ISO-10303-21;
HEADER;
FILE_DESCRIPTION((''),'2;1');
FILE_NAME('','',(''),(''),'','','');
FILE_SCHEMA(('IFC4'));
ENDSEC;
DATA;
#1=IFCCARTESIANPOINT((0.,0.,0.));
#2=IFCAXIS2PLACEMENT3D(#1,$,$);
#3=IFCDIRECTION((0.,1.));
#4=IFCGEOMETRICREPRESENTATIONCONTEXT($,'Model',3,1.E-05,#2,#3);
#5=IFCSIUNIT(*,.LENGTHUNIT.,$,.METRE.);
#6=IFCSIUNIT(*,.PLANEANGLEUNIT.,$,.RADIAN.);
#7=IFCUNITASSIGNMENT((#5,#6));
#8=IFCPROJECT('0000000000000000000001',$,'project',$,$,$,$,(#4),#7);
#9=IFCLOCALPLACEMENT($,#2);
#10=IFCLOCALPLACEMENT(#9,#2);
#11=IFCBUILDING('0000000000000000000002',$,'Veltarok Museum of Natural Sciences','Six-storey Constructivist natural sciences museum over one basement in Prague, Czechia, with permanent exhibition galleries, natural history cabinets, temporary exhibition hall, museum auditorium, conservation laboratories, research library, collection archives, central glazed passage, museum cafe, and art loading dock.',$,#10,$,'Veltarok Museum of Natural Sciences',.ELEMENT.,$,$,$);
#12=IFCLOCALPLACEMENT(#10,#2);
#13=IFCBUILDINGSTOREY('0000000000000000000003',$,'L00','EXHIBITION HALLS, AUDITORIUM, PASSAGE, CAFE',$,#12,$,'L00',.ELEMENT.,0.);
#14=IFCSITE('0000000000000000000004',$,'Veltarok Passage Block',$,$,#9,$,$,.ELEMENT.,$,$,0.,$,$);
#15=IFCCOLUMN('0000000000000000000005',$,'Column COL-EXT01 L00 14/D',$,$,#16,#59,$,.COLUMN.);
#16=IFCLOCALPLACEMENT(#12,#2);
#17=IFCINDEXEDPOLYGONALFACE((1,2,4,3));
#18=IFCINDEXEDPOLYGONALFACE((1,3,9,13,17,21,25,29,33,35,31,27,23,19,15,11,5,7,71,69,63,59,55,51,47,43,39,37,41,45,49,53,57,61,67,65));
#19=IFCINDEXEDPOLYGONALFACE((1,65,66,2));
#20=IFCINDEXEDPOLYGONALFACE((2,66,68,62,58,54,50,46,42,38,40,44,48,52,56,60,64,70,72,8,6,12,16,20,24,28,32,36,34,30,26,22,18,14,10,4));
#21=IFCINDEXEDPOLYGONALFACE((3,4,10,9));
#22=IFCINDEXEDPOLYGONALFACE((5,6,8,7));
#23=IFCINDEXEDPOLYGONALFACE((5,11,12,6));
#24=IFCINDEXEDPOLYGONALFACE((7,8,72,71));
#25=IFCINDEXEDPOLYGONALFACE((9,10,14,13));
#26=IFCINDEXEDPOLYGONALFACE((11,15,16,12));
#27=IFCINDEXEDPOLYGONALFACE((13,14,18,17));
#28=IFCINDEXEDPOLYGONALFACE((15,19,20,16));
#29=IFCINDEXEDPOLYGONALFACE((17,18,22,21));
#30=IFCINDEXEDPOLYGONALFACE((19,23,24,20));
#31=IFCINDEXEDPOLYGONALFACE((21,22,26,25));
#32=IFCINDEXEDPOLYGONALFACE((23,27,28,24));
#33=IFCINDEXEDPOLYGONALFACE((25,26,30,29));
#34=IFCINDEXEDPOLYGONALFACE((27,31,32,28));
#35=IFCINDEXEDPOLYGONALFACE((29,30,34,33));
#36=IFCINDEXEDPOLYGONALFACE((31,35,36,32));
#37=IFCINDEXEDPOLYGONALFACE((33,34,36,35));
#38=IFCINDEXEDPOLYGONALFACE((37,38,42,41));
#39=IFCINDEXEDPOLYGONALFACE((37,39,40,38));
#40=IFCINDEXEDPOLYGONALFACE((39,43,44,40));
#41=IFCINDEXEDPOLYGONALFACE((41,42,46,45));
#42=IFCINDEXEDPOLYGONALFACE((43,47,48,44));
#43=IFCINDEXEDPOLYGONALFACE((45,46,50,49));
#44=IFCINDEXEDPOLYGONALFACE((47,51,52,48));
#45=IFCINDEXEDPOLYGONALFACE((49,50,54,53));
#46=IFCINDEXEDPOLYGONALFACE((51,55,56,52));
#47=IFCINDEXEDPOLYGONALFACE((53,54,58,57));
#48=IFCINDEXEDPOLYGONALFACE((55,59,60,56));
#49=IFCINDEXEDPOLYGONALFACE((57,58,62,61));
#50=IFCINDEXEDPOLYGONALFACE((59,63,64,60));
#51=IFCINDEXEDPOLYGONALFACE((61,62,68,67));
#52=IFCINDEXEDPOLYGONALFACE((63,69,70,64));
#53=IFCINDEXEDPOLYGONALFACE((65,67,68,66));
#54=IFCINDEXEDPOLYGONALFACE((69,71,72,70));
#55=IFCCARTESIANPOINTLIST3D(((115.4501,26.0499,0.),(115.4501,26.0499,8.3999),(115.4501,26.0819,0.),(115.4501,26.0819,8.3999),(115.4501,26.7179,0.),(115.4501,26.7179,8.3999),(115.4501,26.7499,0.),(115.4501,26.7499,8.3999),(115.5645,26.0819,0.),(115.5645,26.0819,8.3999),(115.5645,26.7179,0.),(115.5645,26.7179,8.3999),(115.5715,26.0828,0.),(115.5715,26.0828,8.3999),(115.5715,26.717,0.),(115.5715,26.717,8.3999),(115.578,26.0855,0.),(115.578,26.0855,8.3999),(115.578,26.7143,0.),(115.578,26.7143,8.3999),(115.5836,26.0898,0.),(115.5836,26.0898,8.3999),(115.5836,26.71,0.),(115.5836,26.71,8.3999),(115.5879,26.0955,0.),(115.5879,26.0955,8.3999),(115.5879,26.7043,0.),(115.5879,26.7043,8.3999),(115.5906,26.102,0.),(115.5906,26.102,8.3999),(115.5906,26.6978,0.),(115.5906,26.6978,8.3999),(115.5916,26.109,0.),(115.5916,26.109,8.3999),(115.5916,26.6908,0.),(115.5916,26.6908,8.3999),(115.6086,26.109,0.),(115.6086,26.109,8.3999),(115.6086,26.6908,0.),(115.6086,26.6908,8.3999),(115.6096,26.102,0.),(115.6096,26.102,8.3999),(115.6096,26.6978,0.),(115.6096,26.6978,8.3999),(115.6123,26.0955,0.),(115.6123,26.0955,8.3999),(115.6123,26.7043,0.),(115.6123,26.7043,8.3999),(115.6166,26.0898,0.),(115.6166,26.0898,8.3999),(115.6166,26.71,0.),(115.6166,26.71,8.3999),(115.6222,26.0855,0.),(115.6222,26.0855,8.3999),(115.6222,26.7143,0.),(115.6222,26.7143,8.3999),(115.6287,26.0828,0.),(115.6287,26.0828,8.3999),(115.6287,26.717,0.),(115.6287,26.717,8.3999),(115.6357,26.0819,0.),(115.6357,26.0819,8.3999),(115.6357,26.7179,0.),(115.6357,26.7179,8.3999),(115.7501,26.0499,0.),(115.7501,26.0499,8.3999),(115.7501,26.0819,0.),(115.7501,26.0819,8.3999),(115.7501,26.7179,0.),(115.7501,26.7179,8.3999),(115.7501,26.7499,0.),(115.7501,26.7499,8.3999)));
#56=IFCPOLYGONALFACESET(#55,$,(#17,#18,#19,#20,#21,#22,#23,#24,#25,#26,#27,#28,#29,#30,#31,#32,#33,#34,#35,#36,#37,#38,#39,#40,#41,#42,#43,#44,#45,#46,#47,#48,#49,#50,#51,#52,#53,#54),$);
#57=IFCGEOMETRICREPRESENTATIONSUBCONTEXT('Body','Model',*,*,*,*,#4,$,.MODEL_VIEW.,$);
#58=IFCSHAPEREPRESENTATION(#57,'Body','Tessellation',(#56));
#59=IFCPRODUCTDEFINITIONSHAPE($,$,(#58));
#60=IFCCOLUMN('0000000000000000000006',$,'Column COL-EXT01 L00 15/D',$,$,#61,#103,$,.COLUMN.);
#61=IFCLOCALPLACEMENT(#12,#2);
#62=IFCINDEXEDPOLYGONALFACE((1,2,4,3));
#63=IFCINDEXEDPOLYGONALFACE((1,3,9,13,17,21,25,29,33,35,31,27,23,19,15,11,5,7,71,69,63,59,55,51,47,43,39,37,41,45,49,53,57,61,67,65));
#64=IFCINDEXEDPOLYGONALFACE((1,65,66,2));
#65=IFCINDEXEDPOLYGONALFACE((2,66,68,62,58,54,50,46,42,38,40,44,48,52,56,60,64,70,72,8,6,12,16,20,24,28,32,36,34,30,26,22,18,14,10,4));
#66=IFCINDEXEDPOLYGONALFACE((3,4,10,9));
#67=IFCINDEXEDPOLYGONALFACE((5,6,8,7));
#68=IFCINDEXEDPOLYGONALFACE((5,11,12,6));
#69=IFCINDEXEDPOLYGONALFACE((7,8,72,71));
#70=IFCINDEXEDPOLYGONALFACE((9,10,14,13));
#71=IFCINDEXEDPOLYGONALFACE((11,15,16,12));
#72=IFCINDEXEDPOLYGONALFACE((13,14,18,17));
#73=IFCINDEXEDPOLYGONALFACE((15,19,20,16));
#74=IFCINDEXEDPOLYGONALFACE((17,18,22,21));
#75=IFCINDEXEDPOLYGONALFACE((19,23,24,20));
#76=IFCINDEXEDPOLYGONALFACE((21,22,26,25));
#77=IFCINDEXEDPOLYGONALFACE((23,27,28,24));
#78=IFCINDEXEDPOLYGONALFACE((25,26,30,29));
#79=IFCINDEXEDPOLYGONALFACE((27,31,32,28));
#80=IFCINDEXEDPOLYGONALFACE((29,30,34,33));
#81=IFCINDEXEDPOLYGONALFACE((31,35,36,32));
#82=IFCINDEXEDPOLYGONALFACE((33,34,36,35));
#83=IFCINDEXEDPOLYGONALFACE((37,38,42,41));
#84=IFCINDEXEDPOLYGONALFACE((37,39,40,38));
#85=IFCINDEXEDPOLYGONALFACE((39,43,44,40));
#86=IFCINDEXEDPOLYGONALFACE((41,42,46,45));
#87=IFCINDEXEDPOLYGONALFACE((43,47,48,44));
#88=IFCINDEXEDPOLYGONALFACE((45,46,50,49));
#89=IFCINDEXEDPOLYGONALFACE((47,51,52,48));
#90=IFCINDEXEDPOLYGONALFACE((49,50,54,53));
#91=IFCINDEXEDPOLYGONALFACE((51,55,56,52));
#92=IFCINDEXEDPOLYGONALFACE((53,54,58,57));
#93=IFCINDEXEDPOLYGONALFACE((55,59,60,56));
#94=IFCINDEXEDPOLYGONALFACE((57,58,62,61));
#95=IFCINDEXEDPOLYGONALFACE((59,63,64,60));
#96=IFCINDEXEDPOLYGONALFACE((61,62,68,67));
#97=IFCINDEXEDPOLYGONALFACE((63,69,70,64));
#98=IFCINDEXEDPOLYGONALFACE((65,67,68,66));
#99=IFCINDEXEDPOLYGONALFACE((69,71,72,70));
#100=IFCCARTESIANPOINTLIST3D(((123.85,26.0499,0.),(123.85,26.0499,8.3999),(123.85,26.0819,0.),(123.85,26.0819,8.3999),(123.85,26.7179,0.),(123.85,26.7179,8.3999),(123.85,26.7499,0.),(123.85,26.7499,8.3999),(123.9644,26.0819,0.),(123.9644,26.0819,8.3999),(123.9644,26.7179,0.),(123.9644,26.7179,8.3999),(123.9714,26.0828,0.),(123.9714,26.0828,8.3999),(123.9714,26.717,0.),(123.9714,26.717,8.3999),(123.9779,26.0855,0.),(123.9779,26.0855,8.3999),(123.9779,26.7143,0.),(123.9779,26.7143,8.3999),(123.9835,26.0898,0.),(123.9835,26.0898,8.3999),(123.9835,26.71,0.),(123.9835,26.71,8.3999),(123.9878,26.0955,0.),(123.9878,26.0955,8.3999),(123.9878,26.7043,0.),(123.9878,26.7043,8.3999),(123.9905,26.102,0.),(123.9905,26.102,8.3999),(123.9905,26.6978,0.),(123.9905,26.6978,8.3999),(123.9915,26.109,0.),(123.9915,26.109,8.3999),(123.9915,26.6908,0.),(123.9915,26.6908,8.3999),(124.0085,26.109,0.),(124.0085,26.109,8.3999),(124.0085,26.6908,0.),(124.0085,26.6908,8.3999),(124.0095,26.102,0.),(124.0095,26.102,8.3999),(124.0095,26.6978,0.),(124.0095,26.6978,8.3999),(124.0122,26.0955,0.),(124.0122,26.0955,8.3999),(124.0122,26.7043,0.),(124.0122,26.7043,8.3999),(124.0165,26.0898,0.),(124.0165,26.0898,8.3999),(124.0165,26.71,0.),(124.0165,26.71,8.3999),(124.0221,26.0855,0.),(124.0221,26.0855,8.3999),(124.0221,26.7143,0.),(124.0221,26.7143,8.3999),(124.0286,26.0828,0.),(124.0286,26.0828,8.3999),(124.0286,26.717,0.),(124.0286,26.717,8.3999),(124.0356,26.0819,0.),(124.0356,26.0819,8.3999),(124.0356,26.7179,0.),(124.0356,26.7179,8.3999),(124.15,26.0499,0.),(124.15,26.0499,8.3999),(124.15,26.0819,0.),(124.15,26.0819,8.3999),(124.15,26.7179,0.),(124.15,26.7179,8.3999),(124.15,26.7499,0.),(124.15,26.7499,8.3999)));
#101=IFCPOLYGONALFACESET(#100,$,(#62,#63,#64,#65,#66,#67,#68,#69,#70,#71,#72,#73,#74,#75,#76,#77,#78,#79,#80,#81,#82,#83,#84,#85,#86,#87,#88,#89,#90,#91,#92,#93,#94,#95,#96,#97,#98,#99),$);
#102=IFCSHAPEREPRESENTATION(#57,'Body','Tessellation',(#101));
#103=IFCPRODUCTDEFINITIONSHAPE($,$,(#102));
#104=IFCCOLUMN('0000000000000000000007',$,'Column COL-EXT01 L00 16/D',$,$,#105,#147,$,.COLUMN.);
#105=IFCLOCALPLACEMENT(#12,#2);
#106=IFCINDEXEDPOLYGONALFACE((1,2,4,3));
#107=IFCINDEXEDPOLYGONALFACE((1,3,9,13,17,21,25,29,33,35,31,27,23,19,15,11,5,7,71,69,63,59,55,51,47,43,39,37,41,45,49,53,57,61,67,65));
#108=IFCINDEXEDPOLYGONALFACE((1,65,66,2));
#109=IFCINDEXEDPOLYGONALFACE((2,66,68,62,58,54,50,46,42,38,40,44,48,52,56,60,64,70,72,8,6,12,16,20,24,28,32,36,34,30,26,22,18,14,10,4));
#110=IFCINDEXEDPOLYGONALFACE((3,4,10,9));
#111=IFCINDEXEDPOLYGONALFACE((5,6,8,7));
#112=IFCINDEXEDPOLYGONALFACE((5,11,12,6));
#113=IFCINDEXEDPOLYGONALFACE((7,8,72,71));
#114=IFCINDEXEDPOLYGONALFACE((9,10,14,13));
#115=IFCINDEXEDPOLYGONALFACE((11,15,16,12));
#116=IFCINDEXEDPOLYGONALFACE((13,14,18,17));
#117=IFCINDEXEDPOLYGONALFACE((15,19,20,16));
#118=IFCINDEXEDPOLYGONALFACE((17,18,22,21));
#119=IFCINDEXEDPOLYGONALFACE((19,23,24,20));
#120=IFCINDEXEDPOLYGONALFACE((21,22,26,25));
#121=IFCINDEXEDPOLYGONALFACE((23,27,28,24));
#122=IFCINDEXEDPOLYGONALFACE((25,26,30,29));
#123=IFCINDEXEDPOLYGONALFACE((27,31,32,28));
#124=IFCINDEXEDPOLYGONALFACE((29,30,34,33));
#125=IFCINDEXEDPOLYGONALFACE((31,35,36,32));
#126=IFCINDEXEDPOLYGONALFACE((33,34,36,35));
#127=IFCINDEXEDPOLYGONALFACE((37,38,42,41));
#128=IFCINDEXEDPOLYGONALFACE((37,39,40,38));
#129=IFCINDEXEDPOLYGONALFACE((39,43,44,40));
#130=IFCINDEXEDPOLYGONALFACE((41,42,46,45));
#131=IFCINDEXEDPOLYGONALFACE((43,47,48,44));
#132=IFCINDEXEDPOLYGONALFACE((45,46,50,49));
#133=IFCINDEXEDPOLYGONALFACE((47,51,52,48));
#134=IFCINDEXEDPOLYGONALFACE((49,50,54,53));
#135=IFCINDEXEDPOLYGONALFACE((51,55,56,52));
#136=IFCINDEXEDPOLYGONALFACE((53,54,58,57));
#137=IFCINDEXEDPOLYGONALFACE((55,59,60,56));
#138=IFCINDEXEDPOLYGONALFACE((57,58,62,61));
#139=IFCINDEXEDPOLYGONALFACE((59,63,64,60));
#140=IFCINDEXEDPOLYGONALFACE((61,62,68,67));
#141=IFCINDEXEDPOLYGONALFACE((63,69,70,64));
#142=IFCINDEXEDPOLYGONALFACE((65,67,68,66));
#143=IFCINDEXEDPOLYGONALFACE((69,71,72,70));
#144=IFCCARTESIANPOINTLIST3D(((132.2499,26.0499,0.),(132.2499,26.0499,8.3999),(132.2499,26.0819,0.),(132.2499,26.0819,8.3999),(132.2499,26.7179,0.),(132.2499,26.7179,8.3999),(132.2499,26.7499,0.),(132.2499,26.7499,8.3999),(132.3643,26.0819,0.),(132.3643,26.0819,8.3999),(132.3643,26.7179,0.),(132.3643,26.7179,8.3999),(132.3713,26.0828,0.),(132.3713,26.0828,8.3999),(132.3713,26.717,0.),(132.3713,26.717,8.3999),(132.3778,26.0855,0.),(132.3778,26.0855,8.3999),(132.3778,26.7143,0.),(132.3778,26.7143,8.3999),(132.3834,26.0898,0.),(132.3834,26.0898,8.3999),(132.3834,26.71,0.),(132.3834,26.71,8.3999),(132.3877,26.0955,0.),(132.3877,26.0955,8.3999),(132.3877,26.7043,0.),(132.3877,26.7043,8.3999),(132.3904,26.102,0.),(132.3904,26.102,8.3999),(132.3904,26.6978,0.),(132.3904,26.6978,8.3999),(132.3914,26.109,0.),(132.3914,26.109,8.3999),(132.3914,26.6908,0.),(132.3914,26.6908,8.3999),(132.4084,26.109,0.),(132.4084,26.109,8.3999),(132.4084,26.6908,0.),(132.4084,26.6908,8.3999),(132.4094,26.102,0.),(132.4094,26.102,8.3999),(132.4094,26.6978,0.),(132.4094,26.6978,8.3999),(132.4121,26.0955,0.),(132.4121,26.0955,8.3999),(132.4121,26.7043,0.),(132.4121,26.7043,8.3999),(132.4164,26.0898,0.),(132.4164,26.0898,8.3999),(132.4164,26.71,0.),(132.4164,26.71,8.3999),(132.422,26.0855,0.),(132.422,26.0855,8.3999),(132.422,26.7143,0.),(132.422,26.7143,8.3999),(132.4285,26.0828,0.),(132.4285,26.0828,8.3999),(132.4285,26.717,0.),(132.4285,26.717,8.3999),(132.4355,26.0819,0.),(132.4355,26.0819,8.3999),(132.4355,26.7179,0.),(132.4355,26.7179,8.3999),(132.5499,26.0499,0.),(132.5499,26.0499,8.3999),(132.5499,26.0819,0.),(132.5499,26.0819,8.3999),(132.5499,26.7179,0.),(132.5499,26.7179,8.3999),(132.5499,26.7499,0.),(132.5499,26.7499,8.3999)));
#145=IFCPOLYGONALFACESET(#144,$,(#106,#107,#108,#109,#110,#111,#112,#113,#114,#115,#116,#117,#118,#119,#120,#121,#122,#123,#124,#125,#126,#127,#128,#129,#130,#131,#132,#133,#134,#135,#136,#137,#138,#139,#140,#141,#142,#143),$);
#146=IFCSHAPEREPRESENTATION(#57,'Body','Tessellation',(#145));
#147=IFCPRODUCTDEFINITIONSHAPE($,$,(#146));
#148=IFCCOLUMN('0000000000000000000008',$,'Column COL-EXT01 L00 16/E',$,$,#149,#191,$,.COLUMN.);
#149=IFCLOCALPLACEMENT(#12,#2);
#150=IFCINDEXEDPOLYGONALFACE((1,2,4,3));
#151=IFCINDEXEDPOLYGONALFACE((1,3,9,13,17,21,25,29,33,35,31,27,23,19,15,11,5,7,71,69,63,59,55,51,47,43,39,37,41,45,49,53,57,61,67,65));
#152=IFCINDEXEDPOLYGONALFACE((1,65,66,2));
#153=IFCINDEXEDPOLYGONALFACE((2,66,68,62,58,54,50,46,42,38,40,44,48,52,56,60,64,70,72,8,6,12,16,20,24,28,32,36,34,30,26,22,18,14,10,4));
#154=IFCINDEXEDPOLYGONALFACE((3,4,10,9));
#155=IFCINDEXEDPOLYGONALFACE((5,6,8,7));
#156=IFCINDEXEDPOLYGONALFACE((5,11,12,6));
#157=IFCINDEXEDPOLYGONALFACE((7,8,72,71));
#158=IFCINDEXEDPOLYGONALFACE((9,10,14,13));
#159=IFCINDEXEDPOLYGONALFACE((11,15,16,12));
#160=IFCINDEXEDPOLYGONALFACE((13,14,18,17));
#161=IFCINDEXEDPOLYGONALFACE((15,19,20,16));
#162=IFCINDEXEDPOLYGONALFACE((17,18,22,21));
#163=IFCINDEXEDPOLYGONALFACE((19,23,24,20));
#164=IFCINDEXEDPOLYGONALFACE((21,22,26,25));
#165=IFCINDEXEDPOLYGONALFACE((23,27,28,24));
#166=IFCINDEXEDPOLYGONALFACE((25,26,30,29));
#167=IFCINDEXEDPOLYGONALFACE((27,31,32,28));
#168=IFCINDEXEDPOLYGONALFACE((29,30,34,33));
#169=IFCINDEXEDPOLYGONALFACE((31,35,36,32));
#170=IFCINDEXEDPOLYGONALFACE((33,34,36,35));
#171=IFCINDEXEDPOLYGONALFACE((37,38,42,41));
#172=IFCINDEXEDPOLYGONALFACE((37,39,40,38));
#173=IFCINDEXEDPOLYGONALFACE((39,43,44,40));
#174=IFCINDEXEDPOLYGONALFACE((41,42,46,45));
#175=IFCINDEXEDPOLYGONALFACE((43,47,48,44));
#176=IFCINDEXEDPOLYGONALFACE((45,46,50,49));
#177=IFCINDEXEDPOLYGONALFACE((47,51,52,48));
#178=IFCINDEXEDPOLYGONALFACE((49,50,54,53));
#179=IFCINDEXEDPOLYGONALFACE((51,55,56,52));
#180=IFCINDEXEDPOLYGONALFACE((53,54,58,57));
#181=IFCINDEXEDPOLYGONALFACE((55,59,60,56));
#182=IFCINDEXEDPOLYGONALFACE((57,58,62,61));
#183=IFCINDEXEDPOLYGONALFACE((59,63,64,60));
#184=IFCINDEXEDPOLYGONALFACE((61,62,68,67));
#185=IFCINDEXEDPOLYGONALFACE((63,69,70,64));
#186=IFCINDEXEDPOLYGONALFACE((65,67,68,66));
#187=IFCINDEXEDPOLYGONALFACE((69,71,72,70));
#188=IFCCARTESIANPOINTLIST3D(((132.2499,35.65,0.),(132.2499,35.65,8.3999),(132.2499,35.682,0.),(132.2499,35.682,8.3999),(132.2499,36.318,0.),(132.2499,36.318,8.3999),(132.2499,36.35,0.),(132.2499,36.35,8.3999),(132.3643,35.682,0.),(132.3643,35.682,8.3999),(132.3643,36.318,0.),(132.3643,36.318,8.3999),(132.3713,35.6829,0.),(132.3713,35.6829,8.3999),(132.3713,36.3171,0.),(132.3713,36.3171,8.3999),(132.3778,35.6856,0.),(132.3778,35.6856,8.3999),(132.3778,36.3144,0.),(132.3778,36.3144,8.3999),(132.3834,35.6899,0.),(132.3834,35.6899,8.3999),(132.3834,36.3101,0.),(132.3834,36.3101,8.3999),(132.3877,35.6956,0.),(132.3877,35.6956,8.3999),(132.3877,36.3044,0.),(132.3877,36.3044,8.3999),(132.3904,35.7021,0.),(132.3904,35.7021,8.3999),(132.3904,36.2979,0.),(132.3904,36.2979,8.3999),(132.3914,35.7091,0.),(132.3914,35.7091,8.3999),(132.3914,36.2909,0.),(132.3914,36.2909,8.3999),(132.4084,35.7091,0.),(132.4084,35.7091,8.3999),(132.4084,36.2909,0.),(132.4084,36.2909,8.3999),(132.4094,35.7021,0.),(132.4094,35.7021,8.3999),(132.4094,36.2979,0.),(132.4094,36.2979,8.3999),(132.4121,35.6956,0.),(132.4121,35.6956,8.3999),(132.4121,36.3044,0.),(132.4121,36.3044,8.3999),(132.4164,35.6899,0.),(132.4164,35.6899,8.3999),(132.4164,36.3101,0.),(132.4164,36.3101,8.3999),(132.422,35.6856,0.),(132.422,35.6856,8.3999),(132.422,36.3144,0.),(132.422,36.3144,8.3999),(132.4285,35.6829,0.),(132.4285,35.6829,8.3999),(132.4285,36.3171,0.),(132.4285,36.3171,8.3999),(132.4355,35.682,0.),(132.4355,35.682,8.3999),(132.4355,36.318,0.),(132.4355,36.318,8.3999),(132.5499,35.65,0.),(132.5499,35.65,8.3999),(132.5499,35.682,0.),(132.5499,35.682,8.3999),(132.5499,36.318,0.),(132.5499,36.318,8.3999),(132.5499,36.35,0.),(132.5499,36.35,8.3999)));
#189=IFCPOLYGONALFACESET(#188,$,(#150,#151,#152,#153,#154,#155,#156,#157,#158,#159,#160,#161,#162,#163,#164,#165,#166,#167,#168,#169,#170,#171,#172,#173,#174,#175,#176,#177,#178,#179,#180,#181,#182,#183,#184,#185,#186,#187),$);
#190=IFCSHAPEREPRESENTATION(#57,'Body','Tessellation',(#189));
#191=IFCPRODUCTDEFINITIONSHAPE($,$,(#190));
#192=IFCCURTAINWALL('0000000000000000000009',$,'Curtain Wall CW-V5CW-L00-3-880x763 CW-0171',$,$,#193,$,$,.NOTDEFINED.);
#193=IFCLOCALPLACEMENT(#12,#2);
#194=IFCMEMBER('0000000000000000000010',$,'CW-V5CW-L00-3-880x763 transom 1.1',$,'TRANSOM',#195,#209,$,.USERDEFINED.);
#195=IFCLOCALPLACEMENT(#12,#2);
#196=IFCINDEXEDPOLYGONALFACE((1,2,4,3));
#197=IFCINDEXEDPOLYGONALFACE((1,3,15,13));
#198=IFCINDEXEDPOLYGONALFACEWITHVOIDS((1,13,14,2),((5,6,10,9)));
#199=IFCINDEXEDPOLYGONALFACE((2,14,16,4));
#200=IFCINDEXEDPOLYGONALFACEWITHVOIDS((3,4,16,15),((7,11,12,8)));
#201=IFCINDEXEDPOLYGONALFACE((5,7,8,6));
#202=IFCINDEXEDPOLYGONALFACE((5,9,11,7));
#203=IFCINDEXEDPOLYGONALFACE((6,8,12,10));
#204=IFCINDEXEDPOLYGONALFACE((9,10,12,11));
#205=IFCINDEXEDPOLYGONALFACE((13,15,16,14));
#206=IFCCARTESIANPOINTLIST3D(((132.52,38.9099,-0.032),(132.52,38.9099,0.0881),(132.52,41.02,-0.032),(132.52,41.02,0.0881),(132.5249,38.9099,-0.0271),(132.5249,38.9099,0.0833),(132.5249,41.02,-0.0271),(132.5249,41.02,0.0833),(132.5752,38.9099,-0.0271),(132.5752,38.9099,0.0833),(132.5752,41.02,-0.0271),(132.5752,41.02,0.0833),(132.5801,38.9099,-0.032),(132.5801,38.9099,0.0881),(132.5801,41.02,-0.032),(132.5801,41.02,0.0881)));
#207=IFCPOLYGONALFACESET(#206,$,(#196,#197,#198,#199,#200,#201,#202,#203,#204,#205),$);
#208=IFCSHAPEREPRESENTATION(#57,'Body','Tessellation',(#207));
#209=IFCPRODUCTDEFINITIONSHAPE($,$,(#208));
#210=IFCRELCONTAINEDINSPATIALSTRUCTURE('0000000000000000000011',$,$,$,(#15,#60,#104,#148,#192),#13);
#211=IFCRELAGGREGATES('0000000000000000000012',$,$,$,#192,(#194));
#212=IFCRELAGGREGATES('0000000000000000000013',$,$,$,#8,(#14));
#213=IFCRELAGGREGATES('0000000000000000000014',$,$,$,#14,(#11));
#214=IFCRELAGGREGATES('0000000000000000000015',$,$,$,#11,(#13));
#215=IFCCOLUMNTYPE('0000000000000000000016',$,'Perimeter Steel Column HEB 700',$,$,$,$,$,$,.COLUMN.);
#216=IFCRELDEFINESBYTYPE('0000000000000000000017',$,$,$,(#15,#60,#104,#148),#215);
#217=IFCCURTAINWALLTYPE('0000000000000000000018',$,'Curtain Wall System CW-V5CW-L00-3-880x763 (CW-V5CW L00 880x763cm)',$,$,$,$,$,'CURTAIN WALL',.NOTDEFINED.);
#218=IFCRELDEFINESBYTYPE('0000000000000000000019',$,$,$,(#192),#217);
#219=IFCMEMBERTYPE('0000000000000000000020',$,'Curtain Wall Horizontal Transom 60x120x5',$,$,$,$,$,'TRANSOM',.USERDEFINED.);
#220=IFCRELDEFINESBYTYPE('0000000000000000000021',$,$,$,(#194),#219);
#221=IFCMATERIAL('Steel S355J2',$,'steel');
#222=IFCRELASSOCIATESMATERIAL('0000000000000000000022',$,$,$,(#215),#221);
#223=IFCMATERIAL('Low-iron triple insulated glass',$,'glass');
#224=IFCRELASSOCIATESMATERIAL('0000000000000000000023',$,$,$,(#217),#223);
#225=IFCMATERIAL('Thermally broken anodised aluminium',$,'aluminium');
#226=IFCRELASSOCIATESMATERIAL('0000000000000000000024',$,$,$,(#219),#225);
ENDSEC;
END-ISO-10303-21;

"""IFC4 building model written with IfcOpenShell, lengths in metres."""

from ifc_helpers import new_model, si_unit, direction, frame, origin, origin_2d, place, context, subcontext, project, spatial, hollow_rectangle, i_section, extrude, material, material_profile, profile_set, type_object, element, aggregate, save


model = new_model("IFC4")

# Units and contexts
model_context = context("Model", 3, precision=1e-05, world=origin(), true_north=direction((0.0, 1.0)))
body_context = subcontext(model_context, "Body", "Model", "MODEL_VIEW")
ifc_project = project(units=[si_unit("LENGTHUNIT", "METRE"), si_unit("PLANEANGLEUNIT", "RADIAN")], contexts=[model_context])

# Site, building, storey
site_placement = place(None, origin())
site = spatial("IfcSite", under=ifc_project, at=site_placement, Name="Veltarok Passage Block", CompositionType="ELEMENT", RefElevation=0.0)
building_placement = place(site_placement, origin())
building = spatial("IfcBuilding", under=site, at=building_placement, Name="Veltarok Museum of Natural Sciences", Description="Six-storey Constructivist natural sciences museum over one basement in Prague, Czechia, with permanent exhibition galleries, natural history cabinets, temporary exhibition hall, museum auditorium, conservation laboratories, research library, collection archives, central glazed passage, museum cafe, and art loading dock.", LongName="Veltarok Museum of Natural Sciences", CompositionType="ELEMENT")
storey_placement = place(building_placement, origin())
storey = spatial("IfcBuildingStorey", under=building, at=storey_placement, Name="L00", Description="EXHIBITION HALLS, AUDITORIUM, PASSAGE, CAFE", LongName="L00", CompositionType="ELEMENT", Elevation=0.0)

# Columns
ifc_material_1 = material(Name="Steel S355J2", Category="steel")
ifc_material_profile_1 = material_profile(ifc_material_1, i_section(OverallWidth=0.3, OverallDepth=0.7, WebThickness=0.0171, FlangeThickness=0.032, FilletRadius=0.0271, at=origin_2d()), Name="HEB 700")
ifc_profile_set_1 = profile_set([ifc_material_profile_1], Name="Steel S355J2")
column_type = type_object("IfcColumnType", Name="Perimeter Steel Column HEB 700", PredefinedType="COLUMN", material=ifc_profile_set_1)
for number, where, z_axis, x_axis, name in (
    (1, (115.6001, 26.3999, 0.0), (0.0, 0.0, 1.0), (1.0, 0.0, 0.0), "Column COL-EXT01 L00 14/D"),
    (2, (124.0, 26.3999, 0.0), (0.0, 0.0, 1.0), (1.0, 0.0, 0.0), "Column COL-EXT01 L00 15/D"),
    (3, (132.3999, 26.3999, 0.0), (0.0, 0.0, 1.0), (1.0, 0.0, 0.0), "Column COL-EXT01 L00 16/D"),
    (4, (132.3999, 36.0, 0.0), (0.0, 0.0, 1.0), (1.0, 0.0, 0.0), "Column COL-EXT01 L00 16/E"),
):
    element("IfcColumn", number, at=place(storey_placement, frame(where, z_axis=z_axis, x_axis=x_axis)), inside=storey, type_object=column_type, Name=name, PredefinedType="COLUMN", context=body_context, shape_type="SweptSolid", body=[
        extrude(i_section(OverallWidth=0.3, OverallDepth=0.7, WebThickness=0.0171, FlangeThickness=0.032, FilletRadius=0.0271, at=origin_2d()), origin(), (0.0, 0.0, 1.0), 8.3999),
    ])

# Curtain wall, member
ifc_material_2 = material(Name="Low-iron triple insulated glass", Category="glass")
curtain_wall_type = type_object("IfcCurtainWallType", Name="Curtain Wall System CW-V5CW-L00-3-880x763 (CW-V5CW L00 880x763cm)", ElementType="CURTAIN WALL", PredefinedType="NOTDEFINED", material=ifc_material_2)
curtain_wall_placement = place(storey_placement, origin())
curtain_wall = element("IfcCurtainWall", 5, at=curtain_wall_placement, inside=storey, type_object=curtain_wall_type, Name="Curtain Wall CW-V5CW-L00-3-880x763 CW-0171", PredefinedType="NOTDEFINED")
ifc_material_3 = material(Name="Thermally broken anodised aluminium", Category="aluminium")
ifc_material_profile_2 = material_profile(ifc_material_3, hollow_rectangle(XDim=0.0601, YDim=0.1201, WallThickness=0.0049, at=origin_2d()), Name="CW TRANSOM 60x120x5")
ifc_profile_set_2 = profile_set([ifc_material_profile_2], Name="Thermally broken anodised aluminium")
member_type_1 = type_object("IfcMemberType", Name="Curtain Wall Horizontal Transom 60x120x5", ElementType="TRANSOM", PredefinedType="USERDEFINED", material=ifc_profile_set_2)
member_1_placement = place(storey_placement, frame((132.55, 38.9099, 0.0281), z_axis=(0.0, 1.0, 0.0), x_axis=(-1.0, 0.0, 0.0)))
member_1 = element("IfcMember", 6, at=member_1_placement, type_object=member_type_1, Name="CW-V5CW-L00-3-880x763 transom 1.1", ObjectType="TRANSOM", PredefinedType="USERDEFINED", context=body_context, shape_type="SweptSolid", body=[
    extrude(hollow_rectangle(XDim=0.0601, YDim=0.1201, WallThickness=0.0049, at=origin_2d()), origin(), (0.0, 0.0, 1.0), 2.1101),
])

aggregate(curtain_wall, [member_1])

save(model, "model.ifc")
